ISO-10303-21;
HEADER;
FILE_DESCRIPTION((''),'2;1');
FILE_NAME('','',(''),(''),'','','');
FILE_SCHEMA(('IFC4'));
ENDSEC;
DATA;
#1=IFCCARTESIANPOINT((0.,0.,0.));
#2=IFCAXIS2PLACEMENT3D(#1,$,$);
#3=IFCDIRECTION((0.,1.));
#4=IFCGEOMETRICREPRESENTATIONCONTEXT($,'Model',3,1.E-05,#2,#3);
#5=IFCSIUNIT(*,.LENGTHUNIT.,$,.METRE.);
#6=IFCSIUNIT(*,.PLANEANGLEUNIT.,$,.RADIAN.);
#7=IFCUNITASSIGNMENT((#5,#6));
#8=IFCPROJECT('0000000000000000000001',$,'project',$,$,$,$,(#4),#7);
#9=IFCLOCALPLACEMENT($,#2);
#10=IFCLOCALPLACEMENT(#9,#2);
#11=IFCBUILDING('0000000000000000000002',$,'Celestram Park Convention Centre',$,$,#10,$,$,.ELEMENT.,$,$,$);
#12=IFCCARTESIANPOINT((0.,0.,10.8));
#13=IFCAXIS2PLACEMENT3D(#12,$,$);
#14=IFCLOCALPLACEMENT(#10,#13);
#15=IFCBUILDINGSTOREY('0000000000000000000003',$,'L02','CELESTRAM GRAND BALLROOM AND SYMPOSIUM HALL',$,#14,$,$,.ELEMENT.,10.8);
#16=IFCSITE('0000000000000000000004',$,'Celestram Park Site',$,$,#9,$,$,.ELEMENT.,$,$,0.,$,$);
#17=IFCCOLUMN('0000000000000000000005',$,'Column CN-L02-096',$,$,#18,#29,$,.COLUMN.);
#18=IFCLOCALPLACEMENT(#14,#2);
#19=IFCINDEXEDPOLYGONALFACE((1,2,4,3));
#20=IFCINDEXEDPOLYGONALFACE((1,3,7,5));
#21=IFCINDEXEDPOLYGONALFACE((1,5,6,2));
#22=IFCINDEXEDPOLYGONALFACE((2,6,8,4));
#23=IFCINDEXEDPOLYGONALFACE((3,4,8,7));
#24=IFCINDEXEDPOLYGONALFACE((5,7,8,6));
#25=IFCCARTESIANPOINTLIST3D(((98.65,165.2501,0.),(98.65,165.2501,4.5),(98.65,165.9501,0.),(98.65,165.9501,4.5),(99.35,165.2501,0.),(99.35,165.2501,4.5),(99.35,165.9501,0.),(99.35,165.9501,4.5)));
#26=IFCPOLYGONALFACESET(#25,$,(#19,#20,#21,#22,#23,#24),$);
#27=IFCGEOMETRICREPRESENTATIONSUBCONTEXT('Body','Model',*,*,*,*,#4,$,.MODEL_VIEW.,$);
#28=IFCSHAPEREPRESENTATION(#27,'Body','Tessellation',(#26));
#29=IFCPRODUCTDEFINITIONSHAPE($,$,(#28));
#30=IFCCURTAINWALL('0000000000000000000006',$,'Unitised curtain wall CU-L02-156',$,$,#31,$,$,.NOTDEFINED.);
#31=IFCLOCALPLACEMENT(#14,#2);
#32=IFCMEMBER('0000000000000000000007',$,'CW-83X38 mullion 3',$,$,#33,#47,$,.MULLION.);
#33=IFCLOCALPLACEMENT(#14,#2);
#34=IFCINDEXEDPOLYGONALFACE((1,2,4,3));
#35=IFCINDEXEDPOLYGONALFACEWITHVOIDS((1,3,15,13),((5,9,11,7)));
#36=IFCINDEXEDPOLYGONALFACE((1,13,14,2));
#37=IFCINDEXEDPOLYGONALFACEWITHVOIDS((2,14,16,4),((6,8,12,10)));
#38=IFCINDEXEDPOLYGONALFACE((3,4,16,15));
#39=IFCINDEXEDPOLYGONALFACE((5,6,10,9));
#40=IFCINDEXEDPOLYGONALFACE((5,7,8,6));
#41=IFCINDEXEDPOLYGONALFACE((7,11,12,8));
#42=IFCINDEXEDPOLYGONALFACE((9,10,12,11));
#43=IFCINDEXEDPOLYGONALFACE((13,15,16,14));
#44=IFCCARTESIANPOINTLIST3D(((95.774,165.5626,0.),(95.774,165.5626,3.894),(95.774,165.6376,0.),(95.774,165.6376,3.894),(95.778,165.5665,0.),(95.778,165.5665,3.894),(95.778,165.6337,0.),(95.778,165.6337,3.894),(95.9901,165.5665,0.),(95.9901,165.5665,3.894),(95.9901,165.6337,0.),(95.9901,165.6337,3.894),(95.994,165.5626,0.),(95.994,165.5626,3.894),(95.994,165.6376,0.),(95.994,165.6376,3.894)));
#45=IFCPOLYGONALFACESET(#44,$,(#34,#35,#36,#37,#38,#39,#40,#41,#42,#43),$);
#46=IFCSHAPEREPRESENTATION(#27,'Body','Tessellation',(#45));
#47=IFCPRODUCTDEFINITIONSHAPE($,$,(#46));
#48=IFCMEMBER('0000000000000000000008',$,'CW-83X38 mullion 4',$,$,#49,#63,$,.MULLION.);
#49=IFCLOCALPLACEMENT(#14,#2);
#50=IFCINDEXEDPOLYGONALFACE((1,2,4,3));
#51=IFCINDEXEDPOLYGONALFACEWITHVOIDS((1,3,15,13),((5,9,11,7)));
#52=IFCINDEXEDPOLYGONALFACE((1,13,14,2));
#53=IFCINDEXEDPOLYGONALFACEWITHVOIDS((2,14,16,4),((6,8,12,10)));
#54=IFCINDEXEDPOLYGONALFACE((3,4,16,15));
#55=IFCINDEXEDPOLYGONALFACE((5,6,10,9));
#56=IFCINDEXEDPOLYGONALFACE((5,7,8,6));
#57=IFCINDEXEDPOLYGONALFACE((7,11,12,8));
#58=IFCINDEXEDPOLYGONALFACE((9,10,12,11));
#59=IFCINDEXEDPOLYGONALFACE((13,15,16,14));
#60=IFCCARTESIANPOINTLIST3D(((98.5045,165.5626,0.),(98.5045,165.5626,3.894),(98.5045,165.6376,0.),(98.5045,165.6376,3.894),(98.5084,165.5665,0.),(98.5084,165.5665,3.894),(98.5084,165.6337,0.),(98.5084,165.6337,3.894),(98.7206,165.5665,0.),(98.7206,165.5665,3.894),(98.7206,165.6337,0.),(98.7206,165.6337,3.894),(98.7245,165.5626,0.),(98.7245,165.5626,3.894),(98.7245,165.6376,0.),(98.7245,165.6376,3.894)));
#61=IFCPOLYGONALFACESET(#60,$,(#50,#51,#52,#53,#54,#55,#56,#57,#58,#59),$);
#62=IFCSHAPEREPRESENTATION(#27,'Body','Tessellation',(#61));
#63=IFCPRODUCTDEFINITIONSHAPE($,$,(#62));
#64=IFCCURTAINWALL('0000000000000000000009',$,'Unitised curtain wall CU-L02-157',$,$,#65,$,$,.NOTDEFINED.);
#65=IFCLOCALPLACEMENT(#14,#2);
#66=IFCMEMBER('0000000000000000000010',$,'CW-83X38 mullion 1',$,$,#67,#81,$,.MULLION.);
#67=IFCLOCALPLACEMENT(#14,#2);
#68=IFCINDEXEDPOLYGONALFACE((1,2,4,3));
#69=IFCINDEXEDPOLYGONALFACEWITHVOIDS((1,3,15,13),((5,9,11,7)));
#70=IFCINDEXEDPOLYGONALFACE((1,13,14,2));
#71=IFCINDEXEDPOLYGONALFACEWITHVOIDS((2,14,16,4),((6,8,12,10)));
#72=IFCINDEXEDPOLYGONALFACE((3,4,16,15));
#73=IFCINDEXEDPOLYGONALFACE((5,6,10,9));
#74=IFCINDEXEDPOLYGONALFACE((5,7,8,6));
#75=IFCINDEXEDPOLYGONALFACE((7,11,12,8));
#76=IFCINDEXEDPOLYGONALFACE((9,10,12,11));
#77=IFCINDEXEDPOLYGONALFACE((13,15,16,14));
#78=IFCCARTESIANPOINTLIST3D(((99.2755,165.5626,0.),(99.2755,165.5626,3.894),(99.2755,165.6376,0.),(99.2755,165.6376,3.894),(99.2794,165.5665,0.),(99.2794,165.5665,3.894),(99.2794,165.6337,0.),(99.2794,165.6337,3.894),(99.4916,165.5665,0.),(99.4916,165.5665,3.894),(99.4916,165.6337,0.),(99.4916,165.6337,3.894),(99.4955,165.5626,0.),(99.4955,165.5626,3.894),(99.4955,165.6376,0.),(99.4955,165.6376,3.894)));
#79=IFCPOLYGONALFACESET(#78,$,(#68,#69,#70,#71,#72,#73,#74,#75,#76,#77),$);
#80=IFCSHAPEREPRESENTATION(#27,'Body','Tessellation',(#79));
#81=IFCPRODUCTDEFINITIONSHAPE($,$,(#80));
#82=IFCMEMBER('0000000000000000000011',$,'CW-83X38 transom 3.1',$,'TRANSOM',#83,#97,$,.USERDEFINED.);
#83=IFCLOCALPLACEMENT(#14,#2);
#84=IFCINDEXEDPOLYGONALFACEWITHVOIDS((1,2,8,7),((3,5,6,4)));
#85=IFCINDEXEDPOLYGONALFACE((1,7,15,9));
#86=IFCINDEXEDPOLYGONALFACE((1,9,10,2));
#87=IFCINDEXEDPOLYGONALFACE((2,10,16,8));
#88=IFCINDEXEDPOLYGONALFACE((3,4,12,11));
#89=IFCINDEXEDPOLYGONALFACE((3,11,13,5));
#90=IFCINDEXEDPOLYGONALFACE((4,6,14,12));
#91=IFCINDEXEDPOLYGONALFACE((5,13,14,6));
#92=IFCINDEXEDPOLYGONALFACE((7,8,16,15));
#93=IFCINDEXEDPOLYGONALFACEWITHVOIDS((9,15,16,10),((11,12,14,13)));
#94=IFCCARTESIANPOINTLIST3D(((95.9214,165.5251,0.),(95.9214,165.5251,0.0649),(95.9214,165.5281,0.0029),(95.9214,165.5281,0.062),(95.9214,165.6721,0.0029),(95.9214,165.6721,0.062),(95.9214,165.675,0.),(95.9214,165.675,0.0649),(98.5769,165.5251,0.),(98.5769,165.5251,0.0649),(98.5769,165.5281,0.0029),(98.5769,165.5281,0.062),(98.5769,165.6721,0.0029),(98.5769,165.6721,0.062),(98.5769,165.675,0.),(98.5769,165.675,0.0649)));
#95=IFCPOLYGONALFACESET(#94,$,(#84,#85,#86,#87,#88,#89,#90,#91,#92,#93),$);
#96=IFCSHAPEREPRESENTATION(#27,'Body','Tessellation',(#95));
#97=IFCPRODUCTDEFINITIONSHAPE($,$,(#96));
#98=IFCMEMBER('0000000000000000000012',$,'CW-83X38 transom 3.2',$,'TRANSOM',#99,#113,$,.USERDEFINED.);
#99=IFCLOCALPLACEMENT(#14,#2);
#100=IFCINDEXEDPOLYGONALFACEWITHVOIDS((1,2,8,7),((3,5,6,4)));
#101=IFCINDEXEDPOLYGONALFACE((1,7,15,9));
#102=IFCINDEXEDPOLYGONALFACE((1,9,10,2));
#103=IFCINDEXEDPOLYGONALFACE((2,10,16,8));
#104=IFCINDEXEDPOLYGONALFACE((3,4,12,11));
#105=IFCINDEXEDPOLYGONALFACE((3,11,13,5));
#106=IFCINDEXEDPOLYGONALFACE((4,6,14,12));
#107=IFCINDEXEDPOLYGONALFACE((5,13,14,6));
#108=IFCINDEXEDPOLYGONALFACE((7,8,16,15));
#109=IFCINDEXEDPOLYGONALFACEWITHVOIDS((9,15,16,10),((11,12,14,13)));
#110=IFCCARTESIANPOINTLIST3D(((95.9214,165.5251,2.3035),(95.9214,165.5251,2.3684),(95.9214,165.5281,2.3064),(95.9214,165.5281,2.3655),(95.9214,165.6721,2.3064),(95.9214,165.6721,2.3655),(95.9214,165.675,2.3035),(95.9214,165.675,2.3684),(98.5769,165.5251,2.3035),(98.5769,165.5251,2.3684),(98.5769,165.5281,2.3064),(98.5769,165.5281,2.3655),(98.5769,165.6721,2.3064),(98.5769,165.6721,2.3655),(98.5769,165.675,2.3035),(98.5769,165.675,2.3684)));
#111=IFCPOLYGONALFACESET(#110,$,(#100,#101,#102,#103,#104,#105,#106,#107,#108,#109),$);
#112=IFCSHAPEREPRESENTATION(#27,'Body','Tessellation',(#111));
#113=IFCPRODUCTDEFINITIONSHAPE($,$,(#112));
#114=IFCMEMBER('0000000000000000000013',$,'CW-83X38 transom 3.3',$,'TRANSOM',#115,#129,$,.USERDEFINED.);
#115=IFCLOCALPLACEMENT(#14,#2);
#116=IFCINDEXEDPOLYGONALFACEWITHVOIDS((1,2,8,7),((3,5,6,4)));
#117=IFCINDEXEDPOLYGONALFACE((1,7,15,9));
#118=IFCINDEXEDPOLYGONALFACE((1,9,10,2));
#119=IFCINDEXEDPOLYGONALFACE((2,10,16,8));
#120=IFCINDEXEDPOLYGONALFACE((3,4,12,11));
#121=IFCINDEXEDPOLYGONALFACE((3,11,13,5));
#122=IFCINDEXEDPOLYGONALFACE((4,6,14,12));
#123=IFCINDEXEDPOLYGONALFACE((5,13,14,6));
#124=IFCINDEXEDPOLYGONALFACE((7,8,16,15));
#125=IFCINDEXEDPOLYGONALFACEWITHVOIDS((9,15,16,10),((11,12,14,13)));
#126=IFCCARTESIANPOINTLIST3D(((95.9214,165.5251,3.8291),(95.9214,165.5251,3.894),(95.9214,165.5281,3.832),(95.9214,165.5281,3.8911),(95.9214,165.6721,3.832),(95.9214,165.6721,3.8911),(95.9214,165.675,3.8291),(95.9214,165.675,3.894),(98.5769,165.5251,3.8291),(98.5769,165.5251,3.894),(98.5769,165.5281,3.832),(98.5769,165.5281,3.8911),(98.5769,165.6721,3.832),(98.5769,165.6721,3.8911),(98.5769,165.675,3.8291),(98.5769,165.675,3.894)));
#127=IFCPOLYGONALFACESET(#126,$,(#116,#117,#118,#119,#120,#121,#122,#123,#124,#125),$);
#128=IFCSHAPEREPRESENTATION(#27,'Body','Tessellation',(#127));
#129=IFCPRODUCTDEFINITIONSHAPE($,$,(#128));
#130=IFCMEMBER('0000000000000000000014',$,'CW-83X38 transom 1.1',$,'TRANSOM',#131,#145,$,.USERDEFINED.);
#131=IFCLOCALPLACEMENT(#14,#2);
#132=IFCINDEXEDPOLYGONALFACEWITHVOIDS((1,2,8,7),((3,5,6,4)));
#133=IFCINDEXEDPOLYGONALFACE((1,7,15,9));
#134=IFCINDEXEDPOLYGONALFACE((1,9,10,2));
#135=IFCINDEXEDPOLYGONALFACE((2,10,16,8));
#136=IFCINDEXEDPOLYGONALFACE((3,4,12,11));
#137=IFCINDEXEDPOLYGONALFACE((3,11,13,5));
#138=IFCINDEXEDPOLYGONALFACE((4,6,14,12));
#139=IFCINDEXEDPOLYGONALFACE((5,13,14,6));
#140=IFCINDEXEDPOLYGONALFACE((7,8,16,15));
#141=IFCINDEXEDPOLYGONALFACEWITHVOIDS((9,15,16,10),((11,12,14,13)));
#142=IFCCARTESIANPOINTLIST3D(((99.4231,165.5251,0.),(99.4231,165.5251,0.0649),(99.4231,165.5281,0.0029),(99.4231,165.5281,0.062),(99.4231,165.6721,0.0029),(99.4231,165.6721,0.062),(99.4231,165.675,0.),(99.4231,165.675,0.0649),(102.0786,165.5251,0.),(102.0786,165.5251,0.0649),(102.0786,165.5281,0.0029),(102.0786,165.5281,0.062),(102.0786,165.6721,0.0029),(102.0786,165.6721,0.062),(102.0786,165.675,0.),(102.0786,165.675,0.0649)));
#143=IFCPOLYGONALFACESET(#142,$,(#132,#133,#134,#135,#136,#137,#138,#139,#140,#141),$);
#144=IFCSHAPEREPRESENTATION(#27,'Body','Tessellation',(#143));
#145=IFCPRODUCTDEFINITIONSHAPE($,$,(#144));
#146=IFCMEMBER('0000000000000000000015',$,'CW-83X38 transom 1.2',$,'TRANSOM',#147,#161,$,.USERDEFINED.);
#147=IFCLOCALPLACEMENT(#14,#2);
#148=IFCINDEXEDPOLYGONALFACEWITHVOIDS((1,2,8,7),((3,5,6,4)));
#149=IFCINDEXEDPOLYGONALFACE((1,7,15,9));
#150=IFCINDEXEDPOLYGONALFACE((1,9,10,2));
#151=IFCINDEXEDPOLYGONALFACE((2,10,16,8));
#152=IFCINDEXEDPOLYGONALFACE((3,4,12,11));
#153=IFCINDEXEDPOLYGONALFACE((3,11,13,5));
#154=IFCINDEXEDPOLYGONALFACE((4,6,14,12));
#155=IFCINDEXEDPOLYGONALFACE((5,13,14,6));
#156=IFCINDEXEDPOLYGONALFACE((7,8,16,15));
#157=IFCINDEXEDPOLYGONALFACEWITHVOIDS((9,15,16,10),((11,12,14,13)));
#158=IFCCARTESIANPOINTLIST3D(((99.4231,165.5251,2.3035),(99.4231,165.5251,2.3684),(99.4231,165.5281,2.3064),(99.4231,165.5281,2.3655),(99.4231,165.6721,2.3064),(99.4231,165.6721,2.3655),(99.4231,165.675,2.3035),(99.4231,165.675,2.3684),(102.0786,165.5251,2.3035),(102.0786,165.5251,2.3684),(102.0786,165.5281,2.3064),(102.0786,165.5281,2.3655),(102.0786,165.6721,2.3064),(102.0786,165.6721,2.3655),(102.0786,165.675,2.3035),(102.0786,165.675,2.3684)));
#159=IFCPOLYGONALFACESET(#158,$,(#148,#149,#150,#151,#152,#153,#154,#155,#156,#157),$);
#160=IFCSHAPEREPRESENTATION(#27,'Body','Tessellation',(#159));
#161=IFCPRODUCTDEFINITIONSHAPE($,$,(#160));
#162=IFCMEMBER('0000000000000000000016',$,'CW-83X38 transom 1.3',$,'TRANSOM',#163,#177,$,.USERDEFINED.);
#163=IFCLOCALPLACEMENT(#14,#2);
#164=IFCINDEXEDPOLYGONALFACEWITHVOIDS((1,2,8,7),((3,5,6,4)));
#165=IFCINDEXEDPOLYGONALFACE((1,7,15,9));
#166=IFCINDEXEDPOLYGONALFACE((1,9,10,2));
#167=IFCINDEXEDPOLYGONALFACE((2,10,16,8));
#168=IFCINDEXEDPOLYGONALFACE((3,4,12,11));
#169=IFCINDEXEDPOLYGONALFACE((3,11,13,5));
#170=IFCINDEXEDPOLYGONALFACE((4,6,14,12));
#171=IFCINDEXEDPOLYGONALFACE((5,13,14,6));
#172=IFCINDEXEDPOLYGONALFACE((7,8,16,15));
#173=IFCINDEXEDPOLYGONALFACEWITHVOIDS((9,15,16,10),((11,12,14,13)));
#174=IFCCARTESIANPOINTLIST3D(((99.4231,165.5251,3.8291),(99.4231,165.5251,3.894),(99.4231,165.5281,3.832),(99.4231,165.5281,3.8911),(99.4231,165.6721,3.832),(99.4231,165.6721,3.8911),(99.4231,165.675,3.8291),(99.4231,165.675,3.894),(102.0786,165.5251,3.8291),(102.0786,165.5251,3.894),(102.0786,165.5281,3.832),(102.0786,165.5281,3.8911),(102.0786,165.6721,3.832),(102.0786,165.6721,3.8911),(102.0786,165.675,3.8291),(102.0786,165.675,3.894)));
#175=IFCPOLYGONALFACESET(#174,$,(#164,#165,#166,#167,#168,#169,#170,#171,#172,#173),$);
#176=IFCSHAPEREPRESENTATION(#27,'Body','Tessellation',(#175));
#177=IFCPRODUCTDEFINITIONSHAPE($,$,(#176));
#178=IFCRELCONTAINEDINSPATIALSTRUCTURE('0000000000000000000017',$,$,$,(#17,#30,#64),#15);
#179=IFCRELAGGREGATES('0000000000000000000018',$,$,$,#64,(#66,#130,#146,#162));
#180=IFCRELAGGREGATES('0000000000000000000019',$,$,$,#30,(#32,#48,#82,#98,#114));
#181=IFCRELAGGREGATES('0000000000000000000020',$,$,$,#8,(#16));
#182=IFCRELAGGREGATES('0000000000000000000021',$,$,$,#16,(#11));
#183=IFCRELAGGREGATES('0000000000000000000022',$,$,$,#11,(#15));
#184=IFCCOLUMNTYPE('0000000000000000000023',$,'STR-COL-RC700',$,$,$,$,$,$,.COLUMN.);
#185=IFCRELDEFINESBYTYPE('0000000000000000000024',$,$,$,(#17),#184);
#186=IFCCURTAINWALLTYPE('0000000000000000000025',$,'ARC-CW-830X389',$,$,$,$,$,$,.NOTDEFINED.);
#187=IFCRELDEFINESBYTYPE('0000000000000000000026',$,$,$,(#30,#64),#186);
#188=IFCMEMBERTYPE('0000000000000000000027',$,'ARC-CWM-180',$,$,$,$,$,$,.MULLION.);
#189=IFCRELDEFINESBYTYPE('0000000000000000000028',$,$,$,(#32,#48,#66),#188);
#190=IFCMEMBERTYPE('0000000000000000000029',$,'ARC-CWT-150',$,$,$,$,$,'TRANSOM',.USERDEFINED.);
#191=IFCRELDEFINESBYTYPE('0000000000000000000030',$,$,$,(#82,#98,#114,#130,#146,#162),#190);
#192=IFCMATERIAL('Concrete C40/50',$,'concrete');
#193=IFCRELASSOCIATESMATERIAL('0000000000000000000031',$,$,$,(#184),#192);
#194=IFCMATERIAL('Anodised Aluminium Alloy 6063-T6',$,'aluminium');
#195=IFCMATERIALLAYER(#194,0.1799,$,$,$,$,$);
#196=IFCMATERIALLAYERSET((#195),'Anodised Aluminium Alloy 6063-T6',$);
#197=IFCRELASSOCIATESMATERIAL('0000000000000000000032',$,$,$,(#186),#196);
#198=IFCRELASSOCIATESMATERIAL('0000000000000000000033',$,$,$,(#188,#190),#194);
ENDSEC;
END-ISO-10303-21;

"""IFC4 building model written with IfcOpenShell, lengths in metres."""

from ifc_helpers import new_model, si_unit, direction, frame, origin, origin_2d, place, context, subcontext, project, spatial, rectangle, hollow_rectangle, extrude, material, layer, layer_set, material_profile, profile_set, type_object, element, aggregate, save


model = new_model("IFC4")

# Units and contexts
model_context = context("Model", 3, precision=1e-05, world=origin(), true_north=direction((0.0, 1.0)))
body_context = subcontext(model_context, "Body", "Model", "MODEL_VIEW")
ifc_project = project(units=[si_unit("LENGTHUNIT", "METRE"), si_unit("PLANEANGLEUNIT", "RADIAN")], contexts=[model_context])

# Site, building, storey
site_placement = place(None, origin())
site = spatial("IfcSite", under=ifc_project, at=site_placement, Name="Celestram Park Site", CompositionType="ELEMENT", RefElevation=0.0)
building_placement = place(site_placement, origin())
building = spatial("IfcBuilding", under=site, at=building_placement, Name="Celestram Park Convention Centre", CompositionType="ELEMENT")
storey_placement = place(building_placement, frame((0.0, 0.0, 10.8)))
storey = spatial("IfcBuildingStorey", under=building, at=storey_placement, Name="L02", Description="CELESTRAM GRAND BALLROOM AND SYMPOSIUM HALL", CompositionType="ELEMENT", Elevation=10.8)

# Column
ifc_material_1 = material(Name="Concrete C40/50", Category="concrete")
ifc_material_profile_1 = material_profile(ifc_material_1, rectangle(XDim=0.7, YDim=0.7, at=origin_2d()), Name="RC700X700")
ifc_profile_set_1 = profile_set([ifc_material_profile_1], Name="Concrete C40/50")
column_type = type_object("IfcColumnType", Name="STR-COL-RC700", PredefinedType="COLUMN", material=ifc_profile_set_1)
column_placement = place(storey_placement, frame((99.0, 165.6001, 0.0), z_axis=(0.0, 0.0, 1.0), x_axis=(1.0, 0.0, 0.0)))
element("IfcColumn", 1, at=column_placement, inside=storey, type_object=column_type, Name="Column CN-L02-096", PredefinedType="COLUMN", context=body_context, shape_type="SweptSolid", body=[
    extrude(rectangle(XDim=0.7, YDim=0.7, at=origin_2d()), origin(), (0.0, 0.0, 1.0), 4.5),
])

# Curtain wall, members
ifc_material_2 = material(Name="Anodised Aluminium Alloy 6063-T6", Category="aluminium")
ifc_layer_1 = layer(ifc_material_2, 0.1799)
ifc_layer_set_1 = layer_set([ifc_layer_1], Name="Anodised Aluminium Alloy 6063-T6")
curtain_wall_type = type_object("IfcCurtainWallType", Name="ARC-CW-830X389", PredefinedType="NOTDEFINED", material=ifc_layer_set_1)
curtain_wall_1_placement = place(storey_placement, origin())
curtain_wall_1 = element("IfcCurtainWall", 2, at=curtain_wall_1_placement, inside=storey, type_object=curtain_wall_type, Name="Unitised curtain wall CU-L02-156", PredefinedType="NOTDEFINED")
ifc_material_profile_2 = material_profile(ifc_material_2, hollow_rectangle(XDim=0.075, YDim=0.22, WallThickness=0.0039, at=origin_2d()), Name="ALU75X220X4")
ifc_profile_set_2 = profile_set([ifc_material_profile_2], Name="Anodised Aluminium Alloy 6063-T6")
member_type_1 = type_object("IfcMemberType", Name="ARC-CWM-180", PredefinedType="MULLION", material=ifc_profile_set_2)
member_1_placement = place(storey_placement, frame((95.884, 165.6001, 0.0), z_axis=(0.0, 0.0, 1.0), x_axis=(0.0, 1.0, 0.0)))
member_1 = element("IfcMember", 3, at=member_1_placement, type_object=member_type_1, Name="CW-83X38 mullion 3", PredefinedType="MULLION", context=body_context, shape_type="SweptSolid", body=[
    extrude(hollow_rectangle(XDim=0.075, YDim=0.22, WallThickness=0.0039, at=origin_2d()), origin(), (0.0, 0.0, 1.0), 3.894),
])
member_2_placement = place(storey_placement, frame((98.6145, 165.6001, 0.0), z_axis=(0.0, 0.0, 1.0), x_axis=(0.0, 1.0, 0.0)))
member_2 = element("IfcMember", 4, at=member_2_placement, type_object=member_type_1, Name="CW-83X38 mullion 4", PredefinedType="MULLION", context=body_context, shape_type="SweptSolid", body=[
    extrude(hollow_rectangle(XDim=0.075, YDim=0.22, WallThickness=0.0039, at=origin_2d()), origin(), (0.0, 0.0, 1.0), 3.894),
])

# Curtain wall, member
curtain_wall_2_placement = place(storey_placement, origin())
curtain_wall_2 = element("IfcCurtainWall", 5, at=curtain_wall_2_placement, inside=storey, type_object=curtain_wall_type, Name="Unitised curtain wall CU-L02-157", PredefinedType="NOTDEFINED")
member_3_placement = place(storey_placement, frame((99.3855, 165.6001, 0.0), z_axis=(0.0, 0.0, 1.0), x_axis=(0.0, 1.0, 0.0)))
member_3 = element("IfcMember", 6, at=member_3_placement, type_object=member_type_1, Name="CW-83X38 mullion 1", PredefinedType="MULLION", context=body_context, shape_type="SweptSolid", body=[
    extrude(hollow_rectangle(XDim=0.075, YDim=0.22, WallThickness=0.0039, at=origin_2d()), origin(), (0.0, 0.0, 1.0), 3.894),
])

# Members
ifc_material_profile_3 = material_profile(ifc_material_2, hollow_rectangle(XDim=0.1499, YDim=0.0649, WallThickness=0.0029, at=origin_2d()), Name="ALU150X65X3")
ifc_profile_set_3 = profile_set([ifc_material_profile_3], Name="Anodised Aluminium Alloy 6063-T6")
member_type_2 = type_object("IfcMemberType", Name="ARC-CWT-150", ElementType="TRANSOM", PredefinedType="USERDEFINED", material=ifc_profile_set_3)
member_4_placement = place(storey_placement, frame((95.9214, 165.6001, 0.0325), z_axis=(1.0, 0.0, 0.0), x_axis=(0.0, 1.0, 0.0)))
member_4 = element("IfcMember", 7, at=member_4_placement, type_object=member_type_2, Name="CW-83X38 transom 3.1", ObjectType="TRANSOM", PredefinedType="USERDEFINED", context=body_context, shape_type="SweptSolid", body=[
    extrude(hollow_rectangle(XDim=0.1499, YDim=0.0649, WallThickness=0.0029, at=origin_2d()), origin(), (0.0, 0.0, 1.0), 2.6555),
])
member_5_placement = place(storey_placement, frame((95.9214, 165.6001, 2.3359), z_axis=(1.0, 0.0, 0.0), x_axis=(0.0, 1.0, 0.0)))
member_5 = element("IfcMember", 8, at=member_5_placement, type_object=member_type_2, Name="CW-83X38 transom 3.2", ObjectType="TRANSOM", PredefinedType="USERDEFINED", context=body_context, shape_type="SweptSolid", body=[
    extrude(hollow_rectangle(XDim=0.1499, YDim=0.0649, WallThickness=0.0029, at=origin_2d()), origin(), (0.0, 0.0, 1.0), 2.6555),
])
member_6_placement = place(storey_placement, frame((95.9214, 165.6001, 3.8616), z_axis=(1.0, 0.0, 0.0), x_axis=(0.0, 1.0, 0.0)))
member_6 = element("IfcMember", 9, at=member_6_placement, type_object=member_type_2, Name="CW-83X38 transom 3.3", ObjectType="TRANSOM", PredefinedType="USERDEFINED", context=body_context, shape_type="SweptSolid", body=[
    extrude(hollow_rectangle(XDim=0.1499, YDim=0.0649, WallThickness=0.0029, at=origin_2d()), origin(), (0.0, 0.0, 1.0), 2.6555),
])
member_7_placement = place(storey_placement, frame((99.4231, 165.6001, 0.0325), z_axis=(1.0, 0.0, 0.0), x_axis=(0.0, 1.0, 0.0)))
member_7 = element("IfcMember", 10, at=member_7_placement, type_object=member_type_2, Name="CW-83X38 transom 1.1", ObjectType="TRANSOM", PredefinedType="USERDEFINED", context=body_context, shape_type="SweptSolid", body=[
    extrude(hollow_rectangle(XDim=0.1499, YDim=0.0649, WallThickness=0.0029, at=origin_2d()), origin(), (0.0, 0.0, 1.0), 2.6555),
])
member_8_placement = place(storey_placement, frame((99.4231, 165.6001, 2.3359), z_axis=(1.0, 0.0, 0.0), x_axis=(0.0, 1.0, 0.0)))
member_8 = element("IfcMember", 11, at=member_8_placement, type_object=member_type_2, Name="CW-83X38 transom 1.2", ObjectType="TRANSOM", PredefinedType="USERDEFINED", context=body_context, shape_type="SweptSolid", body=[
    extrude(hollow_rectangle(XDim=0.1499, YDim=0.0649, WallThickness=0.0029, at=origin_2d()), origin(), (0.0, 0.0, 1.0), 2.6555),
])
member_9_placement = place(storey_placement, frame((99.4231, 165.6001, 3.8616), z_axis=(1.0, 0.0, 0.0), x_axis=(0.0, 1.0, 0.0)))
member_9 = element("IfcMember", 12, at=member_9_placement, type_object=member_type_2, Name="CW-83X38 transom 1.3", ObjectType="TRANSOM", PredefinedType="USERDEFINED", context=body_context, shape_type="SweptSolid", body=[
    extrude(hollow_rectangle(XDim=0.1499, YDim=0.0649, WallThickness=0.0029, at=origin_2d()), origin(), (0.0, 0.0, 1.0), 2.6555),
])
aggregate(curtain_wall_2, [member_3, member_7, member_8, member_9])

aggregate(curtain_wall_1, [member_1, member_2, member_4, member_5, member_6])

save(model, "model.ifc")
